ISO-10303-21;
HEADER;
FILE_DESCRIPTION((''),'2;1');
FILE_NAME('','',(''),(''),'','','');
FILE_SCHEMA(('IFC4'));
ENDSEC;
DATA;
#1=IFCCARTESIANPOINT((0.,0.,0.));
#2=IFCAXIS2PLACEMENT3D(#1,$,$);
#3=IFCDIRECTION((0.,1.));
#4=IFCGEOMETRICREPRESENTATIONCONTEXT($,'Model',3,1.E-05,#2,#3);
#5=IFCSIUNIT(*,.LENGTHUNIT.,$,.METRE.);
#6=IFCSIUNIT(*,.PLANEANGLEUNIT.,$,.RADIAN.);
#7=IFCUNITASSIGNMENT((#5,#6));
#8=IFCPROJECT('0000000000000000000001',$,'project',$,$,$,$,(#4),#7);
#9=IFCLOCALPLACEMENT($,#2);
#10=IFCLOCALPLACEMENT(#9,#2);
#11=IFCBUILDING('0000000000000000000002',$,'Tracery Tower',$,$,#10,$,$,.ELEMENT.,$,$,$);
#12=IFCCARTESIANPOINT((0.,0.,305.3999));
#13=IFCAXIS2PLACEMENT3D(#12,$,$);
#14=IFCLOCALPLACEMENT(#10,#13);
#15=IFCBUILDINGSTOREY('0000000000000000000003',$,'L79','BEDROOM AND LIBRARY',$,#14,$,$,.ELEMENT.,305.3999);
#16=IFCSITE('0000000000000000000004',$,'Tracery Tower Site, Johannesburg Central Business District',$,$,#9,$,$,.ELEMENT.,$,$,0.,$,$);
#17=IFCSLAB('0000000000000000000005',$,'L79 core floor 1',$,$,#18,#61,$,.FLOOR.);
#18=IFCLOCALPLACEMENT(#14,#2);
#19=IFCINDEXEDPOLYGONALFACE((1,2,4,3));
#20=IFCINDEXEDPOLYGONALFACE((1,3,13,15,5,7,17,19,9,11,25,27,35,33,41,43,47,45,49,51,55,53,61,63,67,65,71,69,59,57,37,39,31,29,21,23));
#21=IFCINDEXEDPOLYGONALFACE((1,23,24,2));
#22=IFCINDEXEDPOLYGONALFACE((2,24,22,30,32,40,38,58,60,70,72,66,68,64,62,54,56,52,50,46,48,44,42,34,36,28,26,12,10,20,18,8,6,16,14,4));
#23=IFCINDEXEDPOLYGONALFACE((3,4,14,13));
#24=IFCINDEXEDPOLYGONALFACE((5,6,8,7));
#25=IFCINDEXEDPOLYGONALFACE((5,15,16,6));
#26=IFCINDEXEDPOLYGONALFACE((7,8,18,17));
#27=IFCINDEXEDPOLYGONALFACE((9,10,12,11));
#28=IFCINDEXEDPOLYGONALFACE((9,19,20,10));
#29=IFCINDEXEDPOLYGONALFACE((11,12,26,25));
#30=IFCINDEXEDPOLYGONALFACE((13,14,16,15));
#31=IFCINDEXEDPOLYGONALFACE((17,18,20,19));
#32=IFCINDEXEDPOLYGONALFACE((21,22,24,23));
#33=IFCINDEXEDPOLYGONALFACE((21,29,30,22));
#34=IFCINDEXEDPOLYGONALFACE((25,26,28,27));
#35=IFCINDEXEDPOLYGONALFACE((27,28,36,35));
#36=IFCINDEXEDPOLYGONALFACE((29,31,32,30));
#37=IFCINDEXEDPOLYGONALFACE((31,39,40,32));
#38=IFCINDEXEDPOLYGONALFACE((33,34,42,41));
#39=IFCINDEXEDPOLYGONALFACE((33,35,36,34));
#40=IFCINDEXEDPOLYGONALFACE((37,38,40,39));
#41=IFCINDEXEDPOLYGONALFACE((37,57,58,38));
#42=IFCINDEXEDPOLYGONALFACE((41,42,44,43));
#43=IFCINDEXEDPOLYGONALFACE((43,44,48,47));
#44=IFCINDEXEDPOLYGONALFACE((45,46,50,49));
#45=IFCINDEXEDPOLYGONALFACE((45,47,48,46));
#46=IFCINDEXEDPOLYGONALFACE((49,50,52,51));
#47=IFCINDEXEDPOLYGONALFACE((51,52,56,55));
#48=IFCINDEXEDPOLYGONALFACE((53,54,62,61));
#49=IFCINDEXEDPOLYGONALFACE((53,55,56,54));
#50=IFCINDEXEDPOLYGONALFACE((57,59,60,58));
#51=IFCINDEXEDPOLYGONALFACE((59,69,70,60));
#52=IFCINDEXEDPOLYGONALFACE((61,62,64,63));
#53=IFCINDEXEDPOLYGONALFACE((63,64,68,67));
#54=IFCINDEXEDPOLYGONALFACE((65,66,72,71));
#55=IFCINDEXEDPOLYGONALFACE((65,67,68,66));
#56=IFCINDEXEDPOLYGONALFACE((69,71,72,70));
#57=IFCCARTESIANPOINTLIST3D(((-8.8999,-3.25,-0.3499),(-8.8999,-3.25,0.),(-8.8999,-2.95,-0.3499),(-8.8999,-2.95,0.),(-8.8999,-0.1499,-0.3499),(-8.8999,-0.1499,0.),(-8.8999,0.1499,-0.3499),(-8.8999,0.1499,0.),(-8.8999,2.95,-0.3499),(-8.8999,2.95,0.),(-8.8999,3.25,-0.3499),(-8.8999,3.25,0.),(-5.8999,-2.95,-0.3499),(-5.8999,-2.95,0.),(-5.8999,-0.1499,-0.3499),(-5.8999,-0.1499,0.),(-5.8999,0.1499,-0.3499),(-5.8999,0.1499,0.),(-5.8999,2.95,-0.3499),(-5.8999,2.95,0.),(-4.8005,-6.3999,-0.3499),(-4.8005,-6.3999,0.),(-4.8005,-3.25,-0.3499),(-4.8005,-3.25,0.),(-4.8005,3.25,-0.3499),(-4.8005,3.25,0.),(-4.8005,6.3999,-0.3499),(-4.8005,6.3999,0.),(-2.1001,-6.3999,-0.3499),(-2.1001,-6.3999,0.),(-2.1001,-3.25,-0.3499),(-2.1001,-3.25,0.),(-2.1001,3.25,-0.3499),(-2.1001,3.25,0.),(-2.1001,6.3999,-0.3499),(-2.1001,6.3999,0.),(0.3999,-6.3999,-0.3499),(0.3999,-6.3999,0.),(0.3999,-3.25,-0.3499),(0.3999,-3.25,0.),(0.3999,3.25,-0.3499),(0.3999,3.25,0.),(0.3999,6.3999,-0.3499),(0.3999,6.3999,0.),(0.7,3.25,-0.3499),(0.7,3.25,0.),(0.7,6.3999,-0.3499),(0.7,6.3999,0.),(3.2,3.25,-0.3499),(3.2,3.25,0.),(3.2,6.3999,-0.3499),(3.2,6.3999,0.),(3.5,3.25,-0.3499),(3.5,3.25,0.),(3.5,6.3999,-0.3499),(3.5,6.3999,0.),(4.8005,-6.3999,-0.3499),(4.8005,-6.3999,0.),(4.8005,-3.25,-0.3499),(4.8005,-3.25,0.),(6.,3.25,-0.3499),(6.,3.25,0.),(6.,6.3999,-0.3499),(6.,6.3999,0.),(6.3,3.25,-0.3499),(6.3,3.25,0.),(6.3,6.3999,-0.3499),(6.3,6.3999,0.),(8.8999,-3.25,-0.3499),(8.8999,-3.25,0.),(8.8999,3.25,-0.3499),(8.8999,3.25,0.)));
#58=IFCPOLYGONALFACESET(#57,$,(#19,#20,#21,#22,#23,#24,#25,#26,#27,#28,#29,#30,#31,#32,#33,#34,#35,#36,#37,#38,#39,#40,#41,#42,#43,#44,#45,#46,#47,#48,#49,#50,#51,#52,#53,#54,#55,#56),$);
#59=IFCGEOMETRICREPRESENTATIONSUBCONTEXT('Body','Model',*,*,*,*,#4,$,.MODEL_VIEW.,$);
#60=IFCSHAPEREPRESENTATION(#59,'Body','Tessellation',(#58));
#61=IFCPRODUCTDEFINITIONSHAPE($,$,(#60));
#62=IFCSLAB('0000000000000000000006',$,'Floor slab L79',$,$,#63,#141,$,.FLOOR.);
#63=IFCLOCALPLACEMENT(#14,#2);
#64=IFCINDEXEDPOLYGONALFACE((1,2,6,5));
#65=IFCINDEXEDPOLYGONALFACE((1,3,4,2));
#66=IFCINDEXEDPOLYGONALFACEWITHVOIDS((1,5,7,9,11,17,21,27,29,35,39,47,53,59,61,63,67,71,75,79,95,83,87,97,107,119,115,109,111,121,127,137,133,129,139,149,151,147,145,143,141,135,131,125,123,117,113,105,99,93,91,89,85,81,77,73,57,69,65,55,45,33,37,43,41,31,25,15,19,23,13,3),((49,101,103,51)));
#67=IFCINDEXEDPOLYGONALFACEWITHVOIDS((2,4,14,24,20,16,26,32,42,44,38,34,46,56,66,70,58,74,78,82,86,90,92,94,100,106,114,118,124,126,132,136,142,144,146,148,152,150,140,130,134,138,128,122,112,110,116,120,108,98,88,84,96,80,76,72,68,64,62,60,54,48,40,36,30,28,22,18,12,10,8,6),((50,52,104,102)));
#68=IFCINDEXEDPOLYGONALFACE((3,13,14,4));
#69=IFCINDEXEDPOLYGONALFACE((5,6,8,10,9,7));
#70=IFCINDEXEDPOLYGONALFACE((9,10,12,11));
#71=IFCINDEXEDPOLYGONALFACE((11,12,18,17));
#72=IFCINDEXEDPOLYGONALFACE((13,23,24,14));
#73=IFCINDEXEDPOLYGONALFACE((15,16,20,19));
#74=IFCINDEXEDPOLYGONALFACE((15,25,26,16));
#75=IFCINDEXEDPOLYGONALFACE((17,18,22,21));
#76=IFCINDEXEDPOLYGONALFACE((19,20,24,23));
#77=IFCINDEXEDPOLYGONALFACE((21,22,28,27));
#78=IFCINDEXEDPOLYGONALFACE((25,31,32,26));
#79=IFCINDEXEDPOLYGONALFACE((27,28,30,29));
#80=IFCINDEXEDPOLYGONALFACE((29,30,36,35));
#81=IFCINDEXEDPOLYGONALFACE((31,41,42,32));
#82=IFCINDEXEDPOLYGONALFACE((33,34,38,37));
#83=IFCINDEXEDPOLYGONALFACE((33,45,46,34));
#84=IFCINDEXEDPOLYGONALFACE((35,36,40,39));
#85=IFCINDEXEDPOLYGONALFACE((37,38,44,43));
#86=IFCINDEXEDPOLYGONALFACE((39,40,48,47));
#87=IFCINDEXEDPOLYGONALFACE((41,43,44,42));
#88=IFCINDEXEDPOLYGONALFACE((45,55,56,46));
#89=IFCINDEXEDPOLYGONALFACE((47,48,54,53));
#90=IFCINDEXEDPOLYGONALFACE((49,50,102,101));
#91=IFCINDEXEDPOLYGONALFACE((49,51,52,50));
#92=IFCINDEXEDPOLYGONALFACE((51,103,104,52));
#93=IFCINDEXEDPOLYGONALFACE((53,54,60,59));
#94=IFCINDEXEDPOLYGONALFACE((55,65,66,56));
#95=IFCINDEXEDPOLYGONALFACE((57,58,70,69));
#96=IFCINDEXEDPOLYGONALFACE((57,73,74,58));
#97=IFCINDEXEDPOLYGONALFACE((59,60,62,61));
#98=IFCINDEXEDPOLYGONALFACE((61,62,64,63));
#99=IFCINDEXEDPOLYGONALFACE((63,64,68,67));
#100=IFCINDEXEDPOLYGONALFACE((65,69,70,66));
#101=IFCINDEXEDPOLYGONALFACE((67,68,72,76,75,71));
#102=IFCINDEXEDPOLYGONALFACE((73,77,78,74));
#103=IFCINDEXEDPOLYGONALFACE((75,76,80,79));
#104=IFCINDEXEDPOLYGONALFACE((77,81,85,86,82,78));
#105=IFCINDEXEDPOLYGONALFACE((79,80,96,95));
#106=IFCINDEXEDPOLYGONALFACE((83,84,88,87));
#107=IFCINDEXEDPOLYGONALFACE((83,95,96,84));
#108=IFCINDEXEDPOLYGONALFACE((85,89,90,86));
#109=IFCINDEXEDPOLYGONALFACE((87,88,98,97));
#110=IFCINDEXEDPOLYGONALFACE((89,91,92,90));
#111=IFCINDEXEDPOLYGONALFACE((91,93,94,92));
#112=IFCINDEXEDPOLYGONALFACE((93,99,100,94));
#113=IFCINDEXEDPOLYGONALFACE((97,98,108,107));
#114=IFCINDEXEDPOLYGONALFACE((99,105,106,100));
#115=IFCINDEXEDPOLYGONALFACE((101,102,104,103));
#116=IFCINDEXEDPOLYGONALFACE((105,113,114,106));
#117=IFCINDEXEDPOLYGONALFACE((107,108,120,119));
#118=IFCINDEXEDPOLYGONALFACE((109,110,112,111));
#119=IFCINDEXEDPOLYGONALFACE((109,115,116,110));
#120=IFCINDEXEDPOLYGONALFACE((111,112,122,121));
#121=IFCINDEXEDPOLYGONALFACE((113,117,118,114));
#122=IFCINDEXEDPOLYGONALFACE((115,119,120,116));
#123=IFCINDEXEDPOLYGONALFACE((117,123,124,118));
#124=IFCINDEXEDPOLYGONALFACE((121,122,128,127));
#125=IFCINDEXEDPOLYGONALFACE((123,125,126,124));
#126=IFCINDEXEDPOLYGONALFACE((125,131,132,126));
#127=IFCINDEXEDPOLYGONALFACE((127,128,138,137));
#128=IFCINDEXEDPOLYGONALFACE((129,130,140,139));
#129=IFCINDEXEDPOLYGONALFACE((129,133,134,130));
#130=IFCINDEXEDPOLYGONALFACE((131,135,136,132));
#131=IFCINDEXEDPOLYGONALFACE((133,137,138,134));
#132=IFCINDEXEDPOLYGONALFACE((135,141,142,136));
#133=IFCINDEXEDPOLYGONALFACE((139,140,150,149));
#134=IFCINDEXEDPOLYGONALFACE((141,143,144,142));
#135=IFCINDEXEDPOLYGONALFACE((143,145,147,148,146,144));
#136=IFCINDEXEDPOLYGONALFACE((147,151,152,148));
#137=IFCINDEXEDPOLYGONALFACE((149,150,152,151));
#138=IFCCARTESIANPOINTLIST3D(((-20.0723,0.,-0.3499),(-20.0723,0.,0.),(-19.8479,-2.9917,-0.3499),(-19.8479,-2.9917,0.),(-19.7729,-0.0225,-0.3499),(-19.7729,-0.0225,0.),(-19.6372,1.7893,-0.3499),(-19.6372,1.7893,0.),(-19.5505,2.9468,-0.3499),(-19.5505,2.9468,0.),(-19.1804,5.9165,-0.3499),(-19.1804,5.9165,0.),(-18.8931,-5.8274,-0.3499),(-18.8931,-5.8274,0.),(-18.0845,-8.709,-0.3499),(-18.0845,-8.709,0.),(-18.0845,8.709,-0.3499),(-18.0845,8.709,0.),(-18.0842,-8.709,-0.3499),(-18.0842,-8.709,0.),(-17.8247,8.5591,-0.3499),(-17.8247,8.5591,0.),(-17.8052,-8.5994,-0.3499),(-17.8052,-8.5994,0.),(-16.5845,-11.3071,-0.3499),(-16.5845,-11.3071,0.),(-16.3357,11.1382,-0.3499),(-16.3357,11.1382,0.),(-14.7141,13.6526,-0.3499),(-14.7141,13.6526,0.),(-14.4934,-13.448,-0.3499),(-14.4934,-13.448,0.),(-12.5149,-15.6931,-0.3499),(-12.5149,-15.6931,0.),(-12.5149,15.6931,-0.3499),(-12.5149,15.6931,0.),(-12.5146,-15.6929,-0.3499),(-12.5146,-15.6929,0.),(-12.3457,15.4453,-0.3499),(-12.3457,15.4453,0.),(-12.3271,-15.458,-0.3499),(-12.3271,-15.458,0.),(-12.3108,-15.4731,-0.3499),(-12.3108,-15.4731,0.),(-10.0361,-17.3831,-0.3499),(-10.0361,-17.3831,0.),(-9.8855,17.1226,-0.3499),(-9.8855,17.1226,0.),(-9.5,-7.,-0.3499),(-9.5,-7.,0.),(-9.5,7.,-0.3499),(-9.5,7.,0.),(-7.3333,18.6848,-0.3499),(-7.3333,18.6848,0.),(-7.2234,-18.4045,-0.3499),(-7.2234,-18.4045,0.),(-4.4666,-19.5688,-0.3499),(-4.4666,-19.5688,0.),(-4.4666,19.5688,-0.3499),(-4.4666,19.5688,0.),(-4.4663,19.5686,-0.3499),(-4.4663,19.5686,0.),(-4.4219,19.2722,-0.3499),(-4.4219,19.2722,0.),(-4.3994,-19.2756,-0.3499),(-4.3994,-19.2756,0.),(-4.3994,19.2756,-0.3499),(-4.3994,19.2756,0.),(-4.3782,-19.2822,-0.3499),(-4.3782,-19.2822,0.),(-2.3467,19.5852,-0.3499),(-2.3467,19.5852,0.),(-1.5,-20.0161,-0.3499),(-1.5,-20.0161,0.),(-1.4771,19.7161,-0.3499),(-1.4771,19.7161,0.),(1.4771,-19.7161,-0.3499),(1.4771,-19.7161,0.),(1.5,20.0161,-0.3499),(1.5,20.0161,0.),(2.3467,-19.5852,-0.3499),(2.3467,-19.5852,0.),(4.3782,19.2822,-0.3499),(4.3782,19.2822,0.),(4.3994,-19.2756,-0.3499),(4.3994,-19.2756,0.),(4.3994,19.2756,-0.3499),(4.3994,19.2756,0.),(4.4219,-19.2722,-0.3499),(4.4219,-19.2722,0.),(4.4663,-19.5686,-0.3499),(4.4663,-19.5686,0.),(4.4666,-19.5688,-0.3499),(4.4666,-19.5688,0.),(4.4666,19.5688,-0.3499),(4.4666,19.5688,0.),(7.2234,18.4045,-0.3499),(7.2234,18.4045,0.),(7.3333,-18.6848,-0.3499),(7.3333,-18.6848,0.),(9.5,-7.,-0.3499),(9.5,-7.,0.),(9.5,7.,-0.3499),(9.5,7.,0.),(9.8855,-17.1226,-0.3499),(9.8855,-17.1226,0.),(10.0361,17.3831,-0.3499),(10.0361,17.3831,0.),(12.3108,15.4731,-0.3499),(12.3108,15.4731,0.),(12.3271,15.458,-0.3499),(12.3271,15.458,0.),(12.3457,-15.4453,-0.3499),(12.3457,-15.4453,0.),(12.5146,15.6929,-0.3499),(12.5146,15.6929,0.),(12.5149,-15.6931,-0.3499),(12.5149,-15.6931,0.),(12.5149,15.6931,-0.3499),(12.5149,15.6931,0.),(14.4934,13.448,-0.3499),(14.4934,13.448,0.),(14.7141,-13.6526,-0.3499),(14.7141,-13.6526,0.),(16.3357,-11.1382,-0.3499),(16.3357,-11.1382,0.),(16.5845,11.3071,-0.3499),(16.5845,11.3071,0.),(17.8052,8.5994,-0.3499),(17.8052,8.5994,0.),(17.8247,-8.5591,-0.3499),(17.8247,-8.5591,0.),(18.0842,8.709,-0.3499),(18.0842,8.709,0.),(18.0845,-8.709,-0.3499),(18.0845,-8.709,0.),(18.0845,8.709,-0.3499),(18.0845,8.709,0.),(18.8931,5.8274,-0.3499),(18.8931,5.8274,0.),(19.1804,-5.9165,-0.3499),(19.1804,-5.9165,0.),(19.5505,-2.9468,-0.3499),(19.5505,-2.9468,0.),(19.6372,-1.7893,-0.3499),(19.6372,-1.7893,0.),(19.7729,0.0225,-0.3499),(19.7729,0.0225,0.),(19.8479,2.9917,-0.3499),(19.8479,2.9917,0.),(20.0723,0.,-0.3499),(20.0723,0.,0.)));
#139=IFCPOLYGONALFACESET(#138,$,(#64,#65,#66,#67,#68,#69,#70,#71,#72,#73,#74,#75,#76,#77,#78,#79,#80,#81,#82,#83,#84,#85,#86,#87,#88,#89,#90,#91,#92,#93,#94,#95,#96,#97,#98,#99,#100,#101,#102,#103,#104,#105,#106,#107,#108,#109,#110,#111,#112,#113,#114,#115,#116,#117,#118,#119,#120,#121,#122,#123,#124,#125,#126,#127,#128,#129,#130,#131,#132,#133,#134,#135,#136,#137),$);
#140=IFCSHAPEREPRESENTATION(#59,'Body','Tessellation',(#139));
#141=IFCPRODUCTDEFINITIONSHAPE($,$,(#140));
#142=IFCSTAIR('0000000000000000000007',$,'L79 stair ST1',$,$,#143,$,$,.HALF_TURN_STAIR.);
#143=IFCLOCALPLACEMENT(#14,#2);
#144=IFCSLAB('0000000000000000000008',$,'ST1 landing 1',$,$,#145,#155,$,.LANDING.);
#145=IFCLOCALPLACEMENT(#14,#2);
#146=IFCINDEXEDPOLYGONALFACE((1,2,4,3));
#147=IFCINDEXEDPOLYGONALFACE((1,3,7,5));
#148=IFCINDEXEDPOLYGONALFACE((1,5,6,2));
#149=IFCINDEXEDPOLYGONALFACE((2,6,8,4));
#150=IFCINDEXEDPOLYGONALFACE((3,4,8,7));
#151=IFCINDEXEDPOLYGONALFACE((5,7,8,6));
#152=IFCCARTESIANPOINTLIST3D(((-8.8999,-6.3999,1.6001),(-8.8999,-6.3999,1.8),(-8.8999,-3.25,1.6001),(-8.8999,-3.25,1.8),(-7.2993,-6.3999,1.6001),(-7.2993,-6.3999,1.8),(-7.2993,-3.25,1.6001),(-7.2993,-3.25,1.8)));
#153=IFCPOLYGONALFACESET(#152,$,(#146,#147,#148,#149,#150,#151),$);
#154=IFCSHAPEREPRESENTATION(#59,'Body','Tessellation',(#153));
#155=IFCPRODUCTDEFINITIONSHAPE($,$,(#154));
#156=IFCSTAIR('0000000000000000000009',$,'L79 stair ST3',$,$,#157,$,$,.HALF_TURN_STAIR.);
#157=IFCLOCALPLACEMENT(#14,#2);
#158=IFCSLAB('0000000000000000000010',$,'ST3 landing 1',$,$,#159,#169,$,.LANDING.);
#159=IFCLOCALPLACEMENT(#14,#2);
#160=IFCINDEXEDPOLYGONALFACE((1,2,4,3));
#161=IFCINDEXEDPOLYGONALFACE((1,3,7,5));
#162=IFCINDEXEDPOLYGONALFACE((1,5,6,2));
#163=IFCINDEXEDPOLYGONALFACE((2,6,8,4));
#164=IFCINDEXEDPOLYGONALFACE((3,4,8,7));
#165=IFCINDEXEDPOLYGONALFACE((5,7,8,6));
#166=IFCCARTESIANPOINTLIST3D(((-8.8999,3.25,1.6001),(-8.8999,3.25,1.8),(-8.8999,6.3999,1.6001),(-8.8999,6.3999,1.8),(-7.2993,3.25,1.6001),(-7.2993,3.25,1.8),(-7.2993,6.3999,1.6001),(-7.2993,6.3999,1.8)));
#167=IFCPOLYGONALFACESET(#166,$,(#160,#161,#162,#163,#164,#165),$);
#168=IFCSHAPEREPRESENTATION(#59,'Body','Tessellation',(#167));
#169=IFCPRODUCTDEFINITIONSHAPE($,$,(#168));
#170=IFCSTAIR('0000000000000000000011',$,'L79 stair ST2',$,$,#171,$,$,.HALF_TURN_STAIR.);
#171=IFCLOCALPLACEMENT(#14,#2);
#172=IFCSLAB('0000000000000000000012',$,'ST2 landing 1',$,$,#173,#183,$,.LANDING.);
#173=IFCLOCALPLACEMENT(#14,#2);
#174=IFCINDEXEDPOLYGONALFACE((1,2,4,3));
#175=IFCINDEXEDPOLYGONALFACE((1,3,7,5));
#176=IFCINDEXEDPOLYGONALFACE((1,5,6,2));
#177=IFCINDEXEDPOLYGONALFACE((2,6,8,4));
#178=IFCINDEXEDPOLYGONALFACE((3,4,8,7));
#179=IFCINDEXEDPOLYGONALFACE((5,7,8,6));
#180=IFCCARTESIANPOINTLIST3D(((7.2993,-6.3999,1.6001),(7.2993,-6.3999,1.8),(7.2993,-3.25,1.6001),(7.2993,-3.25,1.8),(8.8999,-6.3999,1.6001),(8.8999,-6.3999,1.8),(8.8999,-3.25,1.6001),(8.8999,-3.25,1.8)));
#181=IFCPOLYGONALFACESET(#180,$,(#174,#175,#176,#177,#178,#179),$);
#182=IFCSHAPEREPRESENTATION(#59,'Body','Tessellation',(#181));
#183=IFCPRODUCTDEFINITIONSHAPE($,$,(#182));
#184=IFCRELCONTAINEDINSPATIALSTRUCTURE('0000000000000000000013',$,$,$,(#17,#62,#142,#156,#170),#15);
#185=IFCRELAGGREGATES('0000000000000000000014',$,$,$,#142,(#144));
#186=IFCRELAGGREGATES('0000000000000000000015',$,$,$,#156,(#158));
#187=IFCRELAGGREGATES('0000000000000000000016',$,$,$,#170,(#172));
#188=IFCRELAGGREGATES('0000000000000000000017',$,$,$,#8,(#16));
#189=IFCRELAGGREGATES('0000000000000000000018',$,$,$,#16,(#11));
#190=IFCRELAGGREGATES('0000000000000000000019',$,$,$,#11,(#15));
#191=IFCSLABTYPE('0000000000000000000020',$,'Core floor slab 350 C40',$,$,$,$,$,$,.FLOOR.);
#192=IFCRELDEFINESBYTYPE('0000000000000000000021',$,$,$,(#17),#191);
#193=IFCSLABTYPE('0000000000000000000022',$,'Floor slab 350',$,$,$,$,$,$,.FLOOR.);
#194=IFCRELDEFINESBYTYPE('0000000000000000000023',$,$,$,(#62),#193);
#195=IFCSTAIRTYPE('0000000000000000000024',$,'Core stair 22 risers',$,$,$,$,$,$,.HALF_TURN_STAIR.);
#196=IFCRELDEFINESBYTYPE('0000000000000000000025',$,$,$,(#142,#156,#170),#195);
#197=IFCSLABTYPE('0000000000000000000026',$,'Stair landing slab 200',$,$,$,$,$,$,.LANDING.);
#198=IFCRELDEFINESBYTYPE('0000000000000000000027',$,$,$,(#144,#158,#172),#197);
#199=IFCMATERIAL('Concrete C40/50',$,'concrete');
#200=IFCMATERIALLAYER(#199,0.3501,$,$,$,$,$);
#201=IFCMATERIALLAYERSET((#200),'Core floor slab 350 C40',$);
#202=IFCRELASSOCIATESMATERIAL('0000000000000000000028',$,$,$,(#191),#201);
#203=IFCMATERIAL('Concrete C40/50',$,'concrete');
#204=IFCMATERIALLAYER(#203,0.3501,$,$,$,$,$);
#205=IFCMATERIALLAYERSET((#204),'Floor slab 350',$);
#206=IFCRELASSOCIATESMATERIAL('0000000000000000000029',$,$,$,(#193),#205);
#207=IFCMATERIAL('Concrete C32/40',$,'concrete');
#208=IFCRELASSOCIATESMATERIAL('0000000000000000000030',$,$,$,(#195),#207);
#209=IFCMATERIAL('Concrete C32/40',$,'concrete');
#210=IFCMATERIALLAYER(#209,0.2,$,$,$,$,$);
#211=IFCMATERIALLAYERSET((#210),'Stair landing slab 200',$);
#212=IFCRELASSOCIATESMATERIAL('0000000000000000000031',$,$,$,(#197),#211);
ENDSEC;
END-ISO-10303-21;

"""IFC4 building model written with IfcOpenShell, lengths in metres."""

from ifc_helpers import new_model, si_unit, direction, frame, origin, place, context, subcontext, project, spatial, polyline, outline, extrude, material, layer, layer_set, type_object, element, aggregate, save


model = new_model("IFC4")

# Units and contexts
model_context = context("Model", 3, precision=1e-05, world=origin(), true_north=direction((0.0, 1.0)))
body_context = subcontext(model_context, "Body", "Model", "MODEL_VIEW")
ifc_project = project(units=[si_unit("LENGTHUNIT", "METRE"), si_unit("PLANEANGLEUNIT", "RADIAN")], contexts=[model_context])

# Site, building, storey
site_placement = place(None, origin())
site = spatial("IfcSite", under=ifc_project, at=site_placement, Name="Tracery Tower Site, Johannesburg Central Business District", CompositionType="ELEMENT", RefElevation=0.0)
building_placement = place(site_placement, origin())
building = spatial("IfcBuilding", under=site, at=building_placement, Name="Tracery Tower", CompositionType="ELEMENT")
storey_placement = place(building_placement, frame((0.0, 0.0, 305.3999)))
storey = spatial("IfcBuildingStorey", under=building, at=storey_placement, Name="L79", Description="BEDROOM AND LIBRARY", CompositionType="ELEMENT", Elevation=305.3999)

# Slabs
ifc_material_1 = material(Name="Concrete C40/50", Category="concrete")
ifc_layer_1 = layer(ifc_material_1, 0.3501)
ifc_layer_set_1 = layer_set([ifc_layer_1], Name="Core floor slab 350 C40")
slab_type_1 = type_object("IfcSlabType", Name="Core floor slab 350 C40", PredefinedType="FLOOR", material=ifc_layer_set_1)
slab_1_placement = place(storey_placement, frame((0.0, 0.0, -0.3499)))
element("IfcSlab", 1, at=slab_1_placement, inside=storey, type_object=slab_type_1, Name="L79 core floor 1", PredefinedType="FLOOR", context=body_context, shape_type="SweptSolid", body=[
    extrude(outline(polyline([(-4.8005, -3.25), (-8.8999, -3.25), (-8.8999, -2.95), (-5.8999, -2.95), (-5.8999, -0.1499), (-8.8999, -0.1499), (-8.8999, 0.1499), (-5.8999, 0.1499), (-5.8999, 2.95), (-8.8999, 2.95), (-8.8999, 3.25), (-4.8005, 3.25), (-4.8005, 6.3999), (-2.1001, 6.3999), (-2.1001, 3.25), (0.3999, 3.25), (0.3999, 6.3999), (0.7, 6.3999), (0.7, 3.25), (3.2, 3.25), (3.2, 6.3999), (3.5, 6.3999), (3.5, 3.25), (6.0, 3.25), (6.0, 6.3999), (6.3, 6.3999), (6.3, 3.25), (8.8999, 3.25), (8.8999, -3.25), (4.8005, -3.25), (4.8005, -6.3999), (0.3999, -6.3999), (0.3999, -3.25), (-2.1001, -3.25), (-2.1001, -6.3999), (-4.8005, -6.3999), (-4.8005, -3.25)])), origin(), (0.0, 0.0, 1.0), 0.3499),
])
ifc_material_2 = material(Name="Concrete C40/50", Category="concrete")
ifc_layer_2 = layer(ifc_material_2, 0.3501)
ifc_layer_set_2 = layer_set([ifc_layer_2], Name="Floor slab 350")
slab_type_2 = type_object("IfcSlabType", Name="Floor slab 350", PredefinedType="FLOOR", material=ifc_layer_set_2)
slab_2_placement = place(storey_placement, frame((0.0, 0.0, -0.3499)))
element("IfcSlab", 2, at=slab_2_placement, inside=storey, type_object=slab_type_2, Name="Floor slab L79", PredefinedType="FLOOR", context=body_context, shape_type="SweptSolid", body=[
    extrude(outline(polyline([(18.8931, 5.8274), (17.8052, 8.5994), (18.0842, 8.709), (18.0845, 8.709), (16.5845, 11.3071), (14.4934, 13.448), (12.3271, 15.458), (12.3271, 15.458), (12.3108, 15.4731), (12.5146, 15.6929), (12.5149, 15.6931), (10.0361, 17.3831), (7.2234, 18.4045), (4.3994, 19.2756), (4.3994, 19.2756), (4.3782, 19.2822), (4.4666, 19.5688), (1.5, 20.0161), (-1.4771, 19.7161), (-2.3467, 19.5852), (-4.3994, 19.2756), (-4.3994, 19.2756), (-4.4219, 19.2722), (-4.4663, 19.5686), (-4.4666, 19.5688), (-7.3333, 18.6848), (-9.8855, 17.1226), (-12.3457, 15.4453), (-12.5149, 15.6931), (-14.7141, 13.6526), (-16.3357, 11.1382), (-17.8247, 8.5591), (-18.0845, 8.709), (-19.1804, 5.9165), (-19.5505, 2.9468), (-19.6372, 1.7893), (-19.7729, -0.0225), (-20.0723, 0.0), (-20.0723, 0.0), (-19.8479, -2.9917), (-18.8931, -5.8274), (-17.8052, -8.5994), (-18.0842, -8.709), (-18.0845, -8.709), (-16.5845, -11.3071), (-14.4934, -13.448), (-12.3271, -15.458), (-12.3271, -15.458), (-12.3108, -15.4731), (-12.5146, -15.6929), (-12.5149, -15.6931), (-10.0361, -17.3831), (-7.2234, -18.4045), (-4.3994, -19.2756), (-4.3994, -19.2756), (-4.3782, -19.2822), (-4.4666, -19.5688), (-1.5, -20.0161), (1.4771, -19.7161), (2.3467, -19.5852), (4.3994, -19.2756), (4.3994, -19.2756), (4.4219, -19.2722), (4.4663, -19.5686), (4.4666, -19.5688), (7.3333, -18.6848), (9.8855, -17.1226), (12.3457, -15.4453), (12.5149, -15.6931), (14.7141, -13.6526), (16.3357, -11.1382), (17.8247, -8.5591), (18.0845, -8.709), (19.1804, -5.9165), (19.5505, -2.9468), (19.6372, -1.7893), (19.7729, 0.0225), (20.0723, 0.0), (19.8479, 2.9917), (18.8931, 5.8274)]), holes=[polyline([(-9.5, -7.0), (9.5, -7.0), (9.5, 7.0), (-9.5, 7.0), (-9.5, -7.0)])]), origin(), (0.0, 0.0, 1.0), 0.3499),
])

# Stairs, slabs
ifc_material_3 = material(Name="Concrete C32/40", Category="concrete")
stair_type = type_object("IfcStairType", Name="Core stair 22 risers", PredefinedType="HALF_TURN_STAIR", material=ifc_material_3)
stair_1_placement = place(storey_placement, origin())
stair_1 = element("IfcStair", 3, at=stair_1_placement, inside=storey, type_object=stair_type, Name="L79 stair ST1", PredefinedType="HALF_TURN_STAIR")
ifc_material_4 = material(Name="Concrete C32/40", Category="concrete")
ifc_layer_3 = layer(ifc_material_4, 0.2)
ifc_layer_set_3 = layer_set([ifc_layer_3], Name="Stair landing slab 200")
slab_type_3 = type_object("IfcSlabType", Name="Stair landing slab 200", PredefinedType="LANDING", material=ifc_layer_set_3)
slab_3_placement = place(storey_placement, frame((0.0, 0.0, 1.6001)))
slab_3 = element("IfcSlab", 4, at=slab_3_placement, type_object=slab_type_3, Name="ST1 landing 1", PredefinedType="LANDING", context=body_context, shape_type="SweptSolid", body=[
    extrude(outline(polyline([(-7.2993, -3.25), (-8.8999, -3.25), (-8.8999, -6.3999), (-7.2993, -6.3999), (-7.2993, -3.25)])), origin(), (0.0, 0.0, 1.0), 0.2),
])
aggregate(stair_1, [slab_3])
stair_2_placement = place(storey_placement, origin())
stair_2 = element("IfcStair", 5, at=stair_2_placement, inside=storey, type_object=stair_type, Name="L79 stair ST3", PredefinedType="HALF_TURN_STAIR")
slab_4_placement = place(storey_placement, frame((0.0, 0.0, 1.6001)))
slab_4 = element("IfcSlab", 6, at=slab_4_placement, type_object=slab_type_3, Name="ST3 landing 1", PredefinedType="LANDING", context=body_context, shape_type="SweptSolid", body=[
    extrude(outline(polyline([(-7.2993, 6.3999), (-8.8999, 6.3999), (-8.8999, 3.25), (-7.2993, 3.25), (-7.2993, 6.3999)])), origin(), (0.0, 0.0, 1.0), 0.2),
])
aggregate(stair_2, [slab_4])
stair_3_placement = place(storey_placement, origin())
stair_3 = element("IfcStair", 7, at=stair_3_placement, inside=storey, type_object=stair_type, Name="L79 stair ST2", PredefinedType="HALF_TURN_STAIR")
slab_5_placement = place(storey_placement, frame((0.0, 0.0, 1.6001)))
slab_5 = element("IfcSlab", 8, at=slab_5_placement, type_object=slab_type_3, Name="ST2 landing 1", PredefinedType="LANDING", context=body_context, shape_type="SweptSolid", body=[
    extrude(outline(polyline([(7.2993, -6.3999), (8.8999, -6.3999), (8.8999, -3.25), (7.2993, -3.25), (7.2993, -6.3999)])), origin(), (0.0, 0.0, 1.0), 0.2),
])

aggregate(stair_3, [slab_5])

save(model, "model.ifc")
